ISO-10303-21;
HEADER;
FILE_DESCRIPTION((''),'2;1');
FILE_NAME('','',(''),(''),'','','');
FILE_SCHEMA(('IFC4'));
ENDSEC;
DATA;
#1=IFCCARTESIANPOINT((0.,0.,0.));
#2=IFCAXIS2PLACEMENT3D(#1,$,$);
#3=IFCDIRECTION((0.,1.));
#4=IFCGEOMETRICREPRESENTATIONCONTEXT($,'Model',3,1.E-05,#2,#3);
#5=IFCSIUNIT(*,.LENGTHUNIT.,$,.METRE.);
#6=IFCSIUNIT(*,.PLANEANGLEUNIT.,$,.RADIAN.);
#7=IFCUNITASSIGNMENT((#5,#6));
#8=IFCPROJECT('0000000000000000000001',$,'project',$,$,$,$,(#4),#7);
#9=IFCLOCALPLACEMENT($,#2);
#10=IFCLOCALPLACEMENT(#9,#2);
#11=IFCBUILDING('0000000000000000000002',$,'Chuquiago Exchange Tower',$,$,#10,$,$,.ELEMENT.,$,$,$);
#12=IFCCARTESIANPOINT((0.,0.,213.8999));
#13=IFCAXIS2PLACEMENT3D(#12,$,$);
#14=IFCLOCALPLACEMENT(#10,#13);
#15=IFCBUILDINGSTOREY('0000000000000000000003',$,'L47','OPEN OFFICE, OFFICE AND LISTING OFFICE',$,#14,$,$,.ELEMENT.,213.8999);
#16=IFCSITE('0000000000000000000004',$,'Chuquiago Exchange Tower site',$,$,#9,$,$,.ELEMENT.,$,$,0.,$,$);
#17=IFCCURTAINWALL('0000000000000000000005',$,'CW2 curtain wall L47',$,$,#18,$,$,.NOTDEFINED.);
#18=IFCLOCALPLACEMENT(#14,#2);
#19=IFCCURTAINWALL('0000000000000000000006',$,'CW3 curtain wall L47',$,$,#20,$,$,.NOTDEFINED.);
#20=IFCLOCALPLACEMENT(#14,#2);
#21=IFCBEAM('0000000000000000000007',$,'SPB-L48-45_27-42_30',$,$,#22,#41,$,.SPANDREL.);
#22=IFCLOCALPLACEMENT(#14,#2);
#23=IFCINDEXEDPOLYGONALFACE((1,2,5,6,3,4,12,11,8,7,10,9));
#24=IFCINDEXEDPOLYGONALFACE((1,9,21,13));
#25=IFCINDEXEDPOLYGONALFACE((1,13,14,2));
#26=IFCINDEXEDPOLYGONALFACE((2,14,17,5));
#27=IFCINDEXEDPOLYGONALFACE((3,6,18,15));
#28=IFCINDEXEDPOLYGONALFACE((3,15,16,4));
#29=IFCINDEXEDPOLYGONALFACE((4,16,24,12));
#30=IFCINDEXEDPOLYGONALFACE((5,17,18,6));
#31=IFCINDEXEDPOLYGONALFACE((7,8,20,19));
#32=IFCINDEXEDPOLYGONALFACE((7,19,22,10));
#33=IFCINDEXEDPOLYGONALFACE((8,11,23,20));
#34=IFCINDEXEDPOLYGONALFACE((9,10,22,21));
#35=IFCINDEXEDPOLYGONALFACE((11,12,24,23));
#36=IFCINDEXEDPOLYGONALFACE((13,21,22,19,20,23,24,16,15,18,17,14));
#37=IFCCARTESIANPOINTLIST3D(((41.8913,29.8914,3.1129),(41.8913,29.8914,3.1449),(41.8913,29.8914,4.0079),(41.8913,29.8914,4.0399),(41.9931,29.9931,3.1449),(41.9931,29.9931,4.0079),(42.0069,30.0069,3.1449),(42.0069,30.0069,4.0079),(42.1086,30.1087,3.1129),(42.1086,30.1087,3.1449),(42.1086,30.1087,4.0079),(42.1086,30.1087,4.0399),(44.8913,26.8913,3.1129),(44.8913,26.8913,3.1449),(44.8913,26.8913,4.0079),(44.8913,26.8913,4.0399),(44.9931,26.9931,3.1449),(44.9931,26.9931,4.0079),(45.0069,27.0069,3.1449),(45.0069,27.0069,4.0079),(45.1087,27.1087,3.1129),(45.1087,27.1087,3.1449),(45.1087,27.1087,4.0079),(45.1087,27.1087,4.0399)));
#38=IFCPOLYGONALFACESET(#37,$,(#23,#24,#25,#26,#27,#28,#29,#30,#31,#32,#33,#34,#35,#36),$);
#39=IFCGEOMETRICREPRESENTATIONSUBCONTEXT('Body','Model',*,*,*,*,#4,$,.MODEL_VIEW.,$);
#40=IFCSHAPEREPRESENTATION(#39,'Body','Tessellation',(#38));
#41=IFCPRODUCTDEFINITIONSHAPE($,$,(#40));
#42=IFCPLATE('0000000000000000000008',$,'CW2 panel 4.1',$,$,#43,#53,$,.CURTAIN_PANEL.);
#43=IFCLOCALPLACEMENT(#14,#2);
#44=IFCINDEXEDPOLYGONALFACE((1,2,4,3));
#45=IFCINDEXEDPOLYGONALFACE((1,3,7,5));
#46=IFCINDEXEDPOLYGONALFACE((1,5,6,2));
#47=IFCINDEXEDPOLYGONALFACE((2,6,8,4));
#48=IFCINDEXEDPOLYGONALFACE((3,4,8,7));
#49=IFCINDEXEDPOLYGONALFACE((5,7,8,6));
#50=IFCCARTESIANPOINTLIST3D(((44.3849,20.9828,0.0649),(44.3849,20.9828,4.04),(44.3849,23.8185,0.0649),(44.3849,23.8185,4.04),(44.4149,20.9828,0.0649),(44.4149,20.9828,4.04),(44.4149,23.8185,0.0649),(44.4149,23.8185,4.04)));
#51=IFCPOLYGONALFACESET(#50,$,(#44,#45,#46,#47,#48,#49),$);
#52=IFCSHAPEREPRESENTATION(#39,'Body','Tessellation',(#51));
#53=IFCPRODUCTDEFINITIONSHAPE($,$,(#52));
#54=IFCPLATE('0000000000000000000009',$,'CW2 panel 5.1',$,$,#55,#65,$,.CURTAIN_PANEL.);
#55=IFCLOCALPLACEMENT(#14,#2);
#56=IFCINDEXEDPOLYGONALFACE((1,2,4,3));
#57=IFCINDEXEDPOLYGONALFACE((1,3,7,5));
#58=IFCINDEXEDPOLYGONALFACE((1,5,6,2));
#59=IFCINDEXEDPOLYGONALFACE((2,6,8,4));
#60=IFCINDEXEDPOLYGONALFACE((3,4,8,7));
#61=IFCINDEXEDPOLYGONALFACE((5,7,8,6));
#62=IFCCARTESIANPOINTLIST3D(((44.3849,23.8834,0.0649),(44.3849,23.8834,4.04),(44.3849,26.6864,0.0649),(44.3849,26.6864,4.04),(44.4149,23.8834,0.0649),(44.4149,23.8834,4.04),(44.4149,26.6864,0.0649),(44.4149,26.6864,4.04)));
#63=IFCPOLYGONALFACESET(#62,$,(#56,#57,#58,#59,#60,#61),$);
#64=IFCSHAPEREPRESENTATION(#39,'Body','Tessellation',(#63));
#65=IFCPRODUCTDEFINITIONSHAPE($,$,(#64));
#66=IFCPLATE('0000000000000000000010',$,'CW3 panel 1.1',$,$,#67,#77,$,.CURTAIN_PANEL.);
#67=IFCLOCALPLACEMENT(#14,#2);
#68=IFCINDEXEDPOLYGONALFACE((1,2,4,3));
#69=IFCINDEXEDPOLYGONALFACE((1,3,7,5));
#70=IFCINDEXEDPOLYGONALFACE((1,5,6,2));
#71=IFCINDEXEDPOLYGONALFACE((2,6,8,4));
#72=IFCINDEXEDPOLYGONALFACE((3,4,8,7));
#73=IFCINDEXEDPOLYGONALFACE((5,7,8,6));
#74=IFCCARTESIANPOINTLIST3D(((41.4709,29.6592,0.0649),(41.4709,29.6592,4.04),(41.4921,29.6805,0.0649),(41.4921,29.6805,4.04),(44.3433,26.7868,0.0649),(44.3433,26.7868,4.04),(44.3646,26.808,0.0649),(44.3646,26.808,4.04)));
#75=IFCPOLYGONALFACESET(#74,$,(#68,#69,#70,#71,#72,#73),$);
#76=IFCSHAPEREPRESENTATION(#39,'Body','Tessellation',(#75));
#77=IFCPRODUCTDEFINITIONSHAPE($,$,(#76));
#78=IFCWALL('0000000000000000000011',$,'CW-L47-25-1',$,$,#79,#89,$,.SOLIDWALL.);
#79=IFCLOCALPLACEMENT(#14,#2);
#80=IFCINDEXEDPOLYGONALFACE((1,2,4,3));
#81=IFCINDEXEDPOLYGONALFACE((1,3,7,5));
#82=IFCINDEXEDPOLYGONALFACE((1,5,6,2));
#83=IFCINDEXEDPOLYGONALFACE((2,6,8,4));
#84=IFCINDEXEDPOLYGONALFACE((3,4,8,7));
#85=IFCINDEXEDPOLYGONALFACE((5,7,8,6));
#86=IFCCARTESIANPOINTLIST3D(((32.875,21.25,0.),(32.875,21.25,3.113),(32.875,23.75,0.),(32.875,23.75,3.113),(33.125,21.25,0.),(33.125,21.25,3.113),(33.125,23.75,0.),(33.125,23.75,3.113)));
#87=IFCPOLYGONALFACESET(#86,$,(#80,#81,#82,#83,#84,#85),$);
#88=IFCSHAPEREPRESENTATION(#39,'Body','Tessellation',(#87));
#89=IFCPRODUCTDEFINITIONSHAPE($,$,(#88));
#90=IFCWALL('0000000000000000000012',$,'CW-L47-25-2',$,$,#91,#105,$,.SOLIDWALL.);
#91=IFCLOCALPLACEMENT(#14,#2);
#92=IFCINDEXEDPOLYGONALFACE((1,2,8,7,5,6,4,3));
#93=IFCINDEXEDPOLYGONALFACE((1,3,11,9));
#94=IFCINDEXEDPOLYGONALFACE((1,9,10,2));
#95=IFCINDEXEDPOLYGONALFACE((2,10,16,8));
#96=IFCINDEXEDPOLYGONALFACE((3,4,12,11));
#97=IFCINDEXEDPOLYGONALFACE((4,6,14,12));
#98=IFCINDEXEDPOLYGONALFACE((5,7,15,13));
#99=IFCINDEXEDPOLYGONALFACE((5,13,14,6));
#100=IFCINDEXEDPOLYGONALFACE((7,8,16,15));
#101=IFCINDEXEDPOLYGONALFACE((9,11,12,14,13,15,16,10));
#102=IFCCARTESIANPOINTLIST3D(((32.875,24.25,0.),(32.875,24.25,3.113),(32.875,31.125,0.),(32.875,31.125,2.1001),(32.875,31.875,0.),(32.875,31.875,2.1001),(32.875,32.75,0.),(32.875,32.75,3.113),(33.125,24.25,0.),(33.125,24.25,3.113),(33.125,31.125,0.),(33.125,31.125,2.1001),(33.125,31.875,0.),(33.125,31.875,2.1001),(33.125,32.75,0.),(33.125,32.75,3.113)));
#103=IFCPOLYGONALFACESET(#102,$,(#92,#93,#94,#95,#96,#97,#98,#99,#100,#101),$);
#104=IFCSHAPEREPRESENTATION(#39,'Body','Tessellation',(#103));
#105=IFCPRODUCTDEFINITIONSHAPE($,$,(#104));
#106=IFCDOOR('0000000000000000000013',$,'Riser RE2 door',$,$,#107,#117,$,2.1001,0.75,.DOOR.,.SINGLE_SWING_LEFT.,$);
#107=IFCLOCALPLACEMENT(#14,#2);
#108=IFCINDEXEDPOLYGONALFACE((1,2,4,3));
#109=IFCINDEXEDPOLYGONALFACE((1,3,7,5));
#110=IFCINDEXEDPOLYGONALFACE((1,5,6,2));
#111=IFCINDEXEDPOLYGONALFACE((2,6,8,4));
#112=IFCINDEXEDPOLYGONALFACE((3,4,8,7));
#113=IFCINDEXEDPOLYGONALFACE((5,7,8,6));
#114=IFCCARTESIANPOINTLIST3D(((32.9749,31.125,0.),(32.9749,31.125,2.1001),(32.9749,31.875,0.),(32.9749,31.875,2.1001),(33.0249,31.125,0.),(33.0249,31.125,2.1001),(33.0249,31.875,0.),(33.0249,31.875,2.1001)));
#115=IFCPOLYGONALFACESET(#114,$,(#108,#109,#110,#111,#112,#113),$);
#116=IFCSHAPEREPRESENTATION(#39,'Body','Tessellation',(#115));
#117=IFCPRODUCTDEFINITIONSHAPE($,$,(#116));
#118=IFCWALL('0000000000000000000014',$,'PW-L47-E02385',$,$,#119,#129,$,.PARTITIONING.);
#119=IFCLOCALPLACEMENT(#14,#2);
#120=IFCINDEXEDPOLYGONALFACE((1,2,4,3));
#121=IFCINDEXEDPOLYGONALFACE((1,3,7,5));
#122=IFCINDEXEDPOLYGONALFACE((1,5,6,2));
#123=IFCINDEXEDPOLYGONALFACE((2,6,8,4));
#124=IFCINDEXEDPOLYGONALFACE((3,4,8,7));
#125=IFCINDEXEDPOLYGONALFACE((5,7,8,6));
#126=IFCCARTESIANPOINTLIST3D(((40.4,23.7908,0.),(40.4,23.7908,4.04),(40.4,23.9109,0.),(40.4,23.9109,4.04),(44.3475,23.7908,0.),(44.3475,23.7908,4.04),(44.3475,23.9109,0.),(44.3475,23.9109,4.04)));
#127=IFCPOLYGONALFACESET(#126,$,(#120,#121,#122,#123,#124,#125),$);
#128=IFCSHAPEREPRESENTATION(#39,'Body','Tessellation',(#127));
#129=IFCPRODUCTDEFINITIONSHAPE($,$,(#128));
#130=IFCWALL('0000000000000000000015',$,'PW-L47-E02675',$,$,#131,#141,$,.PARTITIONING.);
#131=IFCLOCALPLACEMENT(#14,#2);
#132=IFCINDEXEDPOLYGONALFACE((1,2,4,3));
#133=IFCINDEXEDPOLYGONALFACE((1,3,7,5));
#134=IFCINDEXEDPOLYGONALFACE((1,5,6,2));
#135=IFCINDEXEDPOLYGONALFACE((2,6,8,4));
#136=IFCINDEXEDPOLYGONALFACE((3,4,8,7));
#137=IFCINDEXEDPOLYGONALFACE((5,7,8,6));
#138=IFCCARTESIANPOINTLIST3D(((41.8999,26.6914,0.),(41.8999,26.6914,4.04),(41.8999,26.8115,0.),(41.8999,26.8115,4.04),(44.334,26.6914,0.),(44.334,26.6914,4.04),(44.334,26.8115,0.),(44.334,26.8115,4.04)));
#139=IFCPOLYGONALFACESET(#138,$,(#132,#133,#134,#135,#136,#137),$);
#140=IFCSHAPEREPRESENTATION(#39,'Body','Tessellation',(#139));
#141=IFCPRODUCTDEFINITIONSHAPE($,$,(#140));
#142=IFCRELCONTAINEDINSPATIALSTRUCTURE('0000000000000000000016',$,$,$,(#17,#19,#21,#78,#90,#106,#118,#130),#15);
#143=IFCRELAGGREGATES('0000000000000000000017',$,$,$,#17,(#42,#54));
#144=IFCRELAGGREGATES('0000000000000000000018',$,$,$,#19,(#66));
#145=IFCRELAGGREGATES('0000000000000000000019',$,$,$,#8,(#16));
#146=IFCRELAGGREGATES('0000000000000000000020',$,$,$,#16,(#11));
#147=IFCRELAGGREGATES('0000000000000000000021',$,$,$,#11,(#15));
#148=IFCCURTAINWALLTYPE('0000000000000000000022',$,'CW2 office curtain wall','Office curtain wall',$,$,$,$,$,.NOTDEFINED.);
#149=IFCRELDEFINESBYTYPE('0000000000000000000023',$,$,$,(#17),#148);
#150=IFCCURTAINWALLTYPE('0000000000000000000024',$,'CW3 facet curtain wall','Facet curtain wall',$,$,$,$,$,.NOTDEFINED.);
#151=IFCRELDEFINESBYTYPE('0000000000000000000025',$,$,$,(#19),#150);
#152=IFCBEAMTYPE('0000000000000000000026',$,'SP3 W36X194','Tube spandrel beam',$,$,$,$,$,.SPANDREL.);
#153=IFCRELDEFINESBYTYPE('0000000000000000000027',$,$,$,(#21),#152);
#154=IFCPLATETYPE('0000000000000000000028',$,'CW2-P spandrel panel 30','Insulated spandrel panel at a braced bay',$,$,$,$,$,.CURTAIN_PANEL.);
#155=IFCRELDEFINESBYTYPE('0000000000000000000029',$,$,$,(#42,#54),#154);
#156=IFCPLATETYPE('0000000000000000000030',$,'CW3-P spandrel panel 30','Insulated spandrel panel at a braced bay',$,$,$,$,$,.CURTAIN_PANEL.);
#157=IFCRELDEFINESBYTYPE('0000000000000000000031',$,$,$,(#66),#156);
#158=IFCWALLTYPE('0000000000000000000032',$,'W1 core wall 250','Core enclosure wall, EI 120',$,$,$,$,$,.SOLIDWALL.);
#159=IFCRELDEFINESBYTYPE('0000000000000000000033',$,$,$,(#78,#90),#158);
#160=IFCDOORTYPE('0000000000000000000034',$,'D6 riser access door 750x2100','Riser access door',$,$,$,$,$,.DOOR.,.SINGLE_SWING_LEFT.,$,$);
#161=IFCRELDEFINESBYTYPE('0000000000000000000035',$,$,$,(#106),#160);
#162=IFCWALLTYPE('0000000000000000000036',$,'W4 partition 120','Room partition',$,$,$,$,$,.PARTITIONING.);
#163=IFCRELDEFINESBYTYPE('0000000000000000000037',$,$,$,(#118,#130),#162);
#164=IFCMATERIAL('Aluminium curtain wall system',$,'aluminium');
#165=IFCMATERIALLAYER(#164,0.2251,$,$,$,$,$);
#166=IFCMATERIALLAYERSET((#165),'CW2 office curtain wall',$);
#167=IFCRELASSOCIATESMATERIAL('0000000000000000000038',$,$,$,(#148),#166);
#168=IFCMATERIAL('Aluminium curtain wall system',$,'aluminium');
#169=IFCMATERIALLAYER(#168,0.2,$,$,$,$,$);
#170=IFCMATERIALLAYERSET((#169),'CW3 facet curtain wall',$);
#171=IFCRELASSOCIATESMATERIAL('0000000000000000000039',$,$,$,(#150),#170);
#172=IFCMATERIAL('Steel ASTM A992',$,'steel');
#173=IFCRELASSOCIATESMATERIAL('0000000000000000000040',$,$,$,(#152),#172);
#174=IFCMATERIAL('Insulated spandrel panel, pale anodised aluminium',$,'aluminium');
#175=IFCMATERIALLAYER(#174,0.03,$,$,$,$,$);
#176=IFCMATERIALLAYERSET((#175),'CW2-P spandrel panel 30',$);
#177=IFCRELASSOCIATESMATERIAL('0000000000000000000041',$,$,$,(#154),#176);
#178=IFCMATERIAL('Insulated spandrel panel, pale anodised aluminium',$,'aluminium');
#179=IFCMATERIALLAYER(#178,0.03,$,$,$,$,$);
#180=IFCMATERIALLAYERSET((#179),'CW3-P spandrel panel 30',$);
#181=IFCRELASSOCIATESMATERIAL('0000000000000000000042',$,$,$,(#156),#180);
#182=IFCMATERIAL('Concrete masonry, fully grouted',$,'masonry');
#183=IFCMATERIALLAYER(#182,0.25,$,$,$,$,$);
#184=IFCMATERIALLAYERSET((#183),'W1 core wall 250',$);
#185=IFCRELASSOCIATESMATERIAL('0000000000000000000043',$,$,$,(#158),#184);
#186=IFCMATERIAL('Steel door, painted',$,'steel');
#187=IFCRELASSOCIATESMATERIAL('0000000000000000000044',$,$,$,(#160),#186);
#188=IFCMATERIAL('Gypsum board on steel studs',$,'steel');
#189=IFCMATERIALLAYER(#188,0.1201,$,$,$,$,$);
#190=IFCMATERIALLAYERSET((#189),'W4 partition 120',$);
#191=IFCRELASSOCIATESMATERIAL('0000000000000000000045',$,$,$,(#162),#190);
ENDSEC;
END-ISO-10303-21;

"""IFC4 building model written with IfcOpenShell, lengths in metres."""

from ifc_helpers import new_model, si_unit, direction, frame, frame_2d, origin, origin_2d, place, context, subcontext, project, spatial, rectangle, i_section, extrude, material, layer, layer_set, material_profile, profile_set, type_object, element, fill, aggregate, save


model = new_model("IFC4")

# Units and contexts
model_context = context("Model", 3, precision=1e-05, world=origin(), true_north=direction((0.0, 1.0)))
body_context = subcontext(model_context, "Body", "Model", "MODEL_VIEW")
ifc_project = project(units=[si_unit("LENGTHUNIT", "METRE"), si_unit("PLANEANGLEUNIT", "RADIAN")], contexts=[model_context])

# Site, building, storey
site_placement = place(None, origin())
site = spatial("IfcSite", under=ifc_project, at=site_placement, Name="Chuquiago Exchange Tower site", CompositionType="ELEMENT", RefElevation=0.0)
building_placement = place(site_placement, origin())
building = spatial("IfcBuilding", under=site, at=building_placement, Name="Chuquiago Exchange Tower", CompositionType="ELEMENT")
storey_placement = place(building_placement, frame((0.0, 0.0, 213.8999)))
storey = spatial("IfcBuildingStorey", under=building, at=storey_placement, Name="L47", Description="OPEN OFFICE, OFFICE AND LISTING OFFICE", CompositionType="ELEMENT", Elevation=213.8999)

# Curtain walls
ifc_material_1 = material(Name="Aluminium curtain wall system", Category="aluminium")
ifc_layer_1 = layer(ifc_material_1, 0.2251)
ifc_layer_set_1 = layer_set([ifc_layer_1], Name="CW2 office curtain wall")
curtain_wall_type_1 = type_object("IfcCurtainWallType", Name="CW2 office curtain wall", Description="Office curtain wall", PredefinedType="NOTDEFINED", material=ifc_layer_set_1)
curtain_wall_1_placement = place(storey_placement, origin())
curtain_wall_1 = element("IfcCurtainWall", 1, at=curtain_wall_1_placement, inside=storey, type_object=curtain_wall_type_1, Name="CW2 curtain wall L47", PredefinedType="NOTDEFINED")
ifc_material_2 = material(Name="Aluminium curtain wall system", Category="aluminium")
ifc_layer_2 = layer(ifc_material_2, 0.2)
ifc_layer_set_2 = layer_set([ifc_layer_2], Name="CW3 facet curtain wall")
curtain_wall_type_2 = type_object("IfcCurtainWallType", Name="CW3 facet curtain wall", Description="Facet curtain wall", PredefinedType="NOTDEFINED", material=ifc_layer_set_2)
curtain_wall_2_placement = place(storey_placement, origin())
curtain_wall_2 = element("IfcCurtainWall", 2, at=curtain_wall_2_placement, inside=storey, type_object=curtain_wall_type_2, Name="CW3 curtain wall L47", PredefinedType="NOTDEFINED")

# Beam
ifc_material_3 = material(Name="Steel ASTM A992", Category="steel")
ifc_material_profile_1 = material_profile(ifc_material_3, i_section(OverallWidth=0.3074, OverallDepth=0.927, WebThickness=0.0195, FlangeThickness=0.032, at=origin_2d()), Name="W36X194")
ifc_profile_set_1 = profile_set([ifc_material_profile_1], Name="Steel ASTM A992")
beam_type_1 = type_object("IfcBeamType", Name="SP3 W36X194", Description="Tube spandrel beam", PredefinedType="SPANDREL", material=ifc_profile_set_1)
beam_1_placement = place(storey_placement, frame((45.0, 27.0, 3.5764), z_axis=(-0.707107, 0.707107, 0.0), x_axis=(-0.707107, -0.707107, 0.0)))
element("IfcBeam", 3, at=beam_1_placement, inside=storey, type_object=beam_type_1, Name="SPB-L48-45_27-42_30", PredefinedType="SPANDREL", context=body_context, shape_type="SweptSolid", body=[
    extrude(i_section(OverallWidth=0.3074, OverallDepth=0.927, WebThickness=0.0195, FlangeThickness=0.032, at=origin_2d()), origin(), (0.0, 0.0, 1.0), 4.2427),
])

# Plates
ifc_material_4 = material(Name="Insulated spandrel panel, pale anodised aluminium", Category="aluminium")
ifc_layer_3 = layer(ifc_material_4, 0.03)
ifc_layer_set_3 = layer_set([ifc_layer_3], Name="CW2-P spandrel panel 30")
plate_type_1 = type_object("IfcPlateType", Name="CW2-P spandrel panel 30", Description="Insulated spandrel panel at a braced bay", PredefinedType="CURTAIN_PANEL", material=ifc_layer_set_3)
plate_1_placement = place(storey_placement, frame((44.3999, 22.4006, 0.0649), z_axis=(0.0, 0.0, 1.0), x_axis=(0.0, 1.0, 0.0)))
plate_1 = element("IfcPlate", 4, at=plate_1_placement, type_object=plate_type_1, Name="CW2 panel 4.1", PredefinedType="CURTAIN_PANEL", context=body_context, shape_type="SweptSolid", body=[
    extrude(rectangle(XDim=2.8357, YDim=0.03, at=origin_2d()), origin(), (0.0, 0.0, 1.0), 3.9751),
])
plate_2_placement = place(storey_placement, frame((44.3999, 25.2849, 0.0649), z_axis=(0.0, 0.0, 1.0), x_axis=(0.0, 1.0, 0.0)))
plate_2 = element("IfcPlate", 5, at=plate_2_placement, type_object=plate_type_1, Name="CW2 panel 5.1", PredefinedType="CURTAIN_PANEL", context=body_context, shape_type="SweptSolid", body=[
    extrude(rectangle(XDim=2.803, YDim=0.03, at=origin_2d()), origin(), (0.0, 0.0, 1.0), 3.9751),
])
aggregate(curtain_wall_1, [plate_1, plate_2])
ifc_material_5 = material(Name="Insulated spandrel panel, pale anodised aluminium", Category="aluminium")
ifc_layer_4 = layer(ifc_material_5, 0.03)
ifc_layer_set_4 = layer_set([ifc_layer_4], Name="CW3-P spandrel panel 30")
plate_type_2 = type_object("IfcPlateType", Name="CW3-P spandrel panel 30", Description="Insulated spandrel panel at a braced bay", PredefinedType="CURTAIN_PANEL", material=ifc_layer_set_4)
plate_3_placement = place(storey_placement, frame((42.9177, 28.2336, 0.0649), z_axis=(0.0, 0.0, 1.0), x_axis=(-0.707107, 0.707107, 0.0)))
plate_3 = element("IfcPlate", 6, at=plate_3_placement, type_object=plate_type_2, Name="CW3 panel 1.1", PredefinedType="CURTAIN_PANEL", context=body_context, shape_type="SweptSolid", body=[
    extrude(rectangle(XDim=4.0623, YDim=0.03, at=origin_2d()), origin(), (0.0, 0.0, 1.0), 3.9751),
])
aggregate(curtain_wall_2, [plate_3])

# Wall
ifc_material_6 = material(Name="Concrete masonry, fully grouted", Category="masonry")
ifc_layer_5 = layer(ifc_material_6, 0.25)
ifc_layer_set_5 = layer_set([ifc_layer_5], Name="W1 core wall 250")
wall_type_1 = type_object("IfcWallType", Name="W1 core wall 250", Description="Core enclosure wall, EI 120", PredefinedType="SOLIDWALL", material=ifc_layer_set_5)
wall_1_placement = place(storey_placement, frame((33.0, 21.25, 0.0), z_axis=(0.0, 0.0, 1.0), x_axis=(0.0, 1.0, 0.0)))
element("IfcWall", 7, at=wall_1_placement, inside=storey, type_object=wall_type_1, Name="CW-L47-25-1", PredefinedType="SOLIDWALL", context=body_context, shape_type="SweptSolid", body=[
    extrude(rectangle(XDim=2.5, YDim=0.25, at=frame_2d((1.25, 0.0))), origin(), (0.0, 0.0, 1.0), 3.113),
])

# Wall, opening, door
wall_2_placement = place(storey_placement, frame((33.0, 24.25, 0.0), z_axis=(0.0, 0.0, 1.0), x_axis=(0.0, 1.0, 0.0)))
wall_2 = element("IfcWall", 8, at=wall_2_placement, inside=storey, type_object=wall_type_1, Name="CW-L47-25-2", PredefinedType="SOLIDWALL", context=body_context, shape_type="SweptSolid", body=[
    extrude(rectangle(XDim=8.5, YDim=0.25, at=frame_2d((4.25, 0.0))), origin(), (0.0, 0.0, 1.0), 3.113),
])
opening_1_placement = place(wall_2_placement, frame((6.875, 0.0, 0.0)))
opening_1 = element("IfcOpeningElement", 9, at=opening_1_placement, cuts=wall_2, PredefinedType="OPENING", context=body_context, shape_type="SweptSolid", body=[
    extrude(rectangle(XDim=0.75, YDim=2.1001, at=frame_2d((0.375, 1.05))), frame((0.0, 0.135, 0.0), z_axis=(0.0, -1.0, 0.0), x_axis=(1.0, 0.0, 0.0)), (0.0, 0.0, 1.0), 0.27),
])
ifc_material_7 = material(Name="Steel door, painted", Category="steel")
door_type_1 = type_object("IfcDoorType", Name="D6 riser access door 750x2100", Description="Riser access door", OperationType="SINGLE_SWING_LEFT", PredefinedType="DOOR", material=ifc_material_7)
door_1_placement = place(opening_1_placement, frame((0.75, 0.0, 0.0), z_axis=(0.0, 0.0, 1.0), x_axis=(-1.0, 0.0, 0.0)))
door_1 = element("IfcDoor", 10, at=door_1_placement, inside=storey, type_object=door_type_1, Name="Riser RE2 door", OperationType="SINGLE_SWING_LEFT", OverallHeight=2.1001, OverallWidth=0.75, PredefinedType="DOOR", context=body_context, shape_type="SweptSolid", body=[
    extrude(rectangle(XDim=0.75, YDim=2.1001, at=frame_2d((0.375, 1.05))), frame((0.0, 0.0249, 0.0), z_axis=(0.0, -1.0, 0.0), x_axis=(1.0, 0.0, 0.0)), (0.0, 0.0, 1.0), 0.05),
])
fill(opening_1, door_1)

# Walls
ifc_material_8 = material(Name="Gypsum board on steel studs", Category="steel")
ifc_layer_6 = layer(ifc_material_8, 0.1201)
ifc_layer_set_6 = layer_set([ifc_layer_6], Name="W4 partition 120")
wall_type_2 = type_object("IfcWallType", Name="W4 partition 120", Description="Room partition", PredefinedType="PARTITIONING", material=ifc_layer_set_6)
wall_3_placement = place(storey_placement, frame((44.3474, 23.8508, 0.0), z_axis=(0.0, 0.0, 1.0), x_axis=(-1.0, 0.0, 0.0)))
element("IfcWall", 11, at=wall_3_placement, inside=storey, type_object=wall_type_2, Name="PW-L47-E02385", PredefinedType="PARTITIONING", context=body_context, shape_type="SweptSolid", body=[
    extrude(rectangle(XDim=3.9475, YDim=0.1201, at=frame_2d((1.9736, 0.0))), origin(), (0.0, 0.0, 1.0), 4.04),
])
wall_4_placement = place(storey_placement, frame((44.334, 26.7515, 0.0), z_axis=(0.0, 0.0, 1.0), x_axis=(-1.0, 0.0, 0.0)))
element("IfcWall", 12, at=wall_4_placement, inside=storey, type_object=wall_type_2, Name="PW-L47-E02675", PredefinedType="PARTITIONING", context=body_context, shape_type="SweptSolid", body=[
    extrude(rectangle(XDim=2.4341, YDim=0.1201, at=frame_2d((1.217, 0.0))), origin(), (0.0, 0.0, 1.0), 4.04),
])

save(model, "model.ifc")
